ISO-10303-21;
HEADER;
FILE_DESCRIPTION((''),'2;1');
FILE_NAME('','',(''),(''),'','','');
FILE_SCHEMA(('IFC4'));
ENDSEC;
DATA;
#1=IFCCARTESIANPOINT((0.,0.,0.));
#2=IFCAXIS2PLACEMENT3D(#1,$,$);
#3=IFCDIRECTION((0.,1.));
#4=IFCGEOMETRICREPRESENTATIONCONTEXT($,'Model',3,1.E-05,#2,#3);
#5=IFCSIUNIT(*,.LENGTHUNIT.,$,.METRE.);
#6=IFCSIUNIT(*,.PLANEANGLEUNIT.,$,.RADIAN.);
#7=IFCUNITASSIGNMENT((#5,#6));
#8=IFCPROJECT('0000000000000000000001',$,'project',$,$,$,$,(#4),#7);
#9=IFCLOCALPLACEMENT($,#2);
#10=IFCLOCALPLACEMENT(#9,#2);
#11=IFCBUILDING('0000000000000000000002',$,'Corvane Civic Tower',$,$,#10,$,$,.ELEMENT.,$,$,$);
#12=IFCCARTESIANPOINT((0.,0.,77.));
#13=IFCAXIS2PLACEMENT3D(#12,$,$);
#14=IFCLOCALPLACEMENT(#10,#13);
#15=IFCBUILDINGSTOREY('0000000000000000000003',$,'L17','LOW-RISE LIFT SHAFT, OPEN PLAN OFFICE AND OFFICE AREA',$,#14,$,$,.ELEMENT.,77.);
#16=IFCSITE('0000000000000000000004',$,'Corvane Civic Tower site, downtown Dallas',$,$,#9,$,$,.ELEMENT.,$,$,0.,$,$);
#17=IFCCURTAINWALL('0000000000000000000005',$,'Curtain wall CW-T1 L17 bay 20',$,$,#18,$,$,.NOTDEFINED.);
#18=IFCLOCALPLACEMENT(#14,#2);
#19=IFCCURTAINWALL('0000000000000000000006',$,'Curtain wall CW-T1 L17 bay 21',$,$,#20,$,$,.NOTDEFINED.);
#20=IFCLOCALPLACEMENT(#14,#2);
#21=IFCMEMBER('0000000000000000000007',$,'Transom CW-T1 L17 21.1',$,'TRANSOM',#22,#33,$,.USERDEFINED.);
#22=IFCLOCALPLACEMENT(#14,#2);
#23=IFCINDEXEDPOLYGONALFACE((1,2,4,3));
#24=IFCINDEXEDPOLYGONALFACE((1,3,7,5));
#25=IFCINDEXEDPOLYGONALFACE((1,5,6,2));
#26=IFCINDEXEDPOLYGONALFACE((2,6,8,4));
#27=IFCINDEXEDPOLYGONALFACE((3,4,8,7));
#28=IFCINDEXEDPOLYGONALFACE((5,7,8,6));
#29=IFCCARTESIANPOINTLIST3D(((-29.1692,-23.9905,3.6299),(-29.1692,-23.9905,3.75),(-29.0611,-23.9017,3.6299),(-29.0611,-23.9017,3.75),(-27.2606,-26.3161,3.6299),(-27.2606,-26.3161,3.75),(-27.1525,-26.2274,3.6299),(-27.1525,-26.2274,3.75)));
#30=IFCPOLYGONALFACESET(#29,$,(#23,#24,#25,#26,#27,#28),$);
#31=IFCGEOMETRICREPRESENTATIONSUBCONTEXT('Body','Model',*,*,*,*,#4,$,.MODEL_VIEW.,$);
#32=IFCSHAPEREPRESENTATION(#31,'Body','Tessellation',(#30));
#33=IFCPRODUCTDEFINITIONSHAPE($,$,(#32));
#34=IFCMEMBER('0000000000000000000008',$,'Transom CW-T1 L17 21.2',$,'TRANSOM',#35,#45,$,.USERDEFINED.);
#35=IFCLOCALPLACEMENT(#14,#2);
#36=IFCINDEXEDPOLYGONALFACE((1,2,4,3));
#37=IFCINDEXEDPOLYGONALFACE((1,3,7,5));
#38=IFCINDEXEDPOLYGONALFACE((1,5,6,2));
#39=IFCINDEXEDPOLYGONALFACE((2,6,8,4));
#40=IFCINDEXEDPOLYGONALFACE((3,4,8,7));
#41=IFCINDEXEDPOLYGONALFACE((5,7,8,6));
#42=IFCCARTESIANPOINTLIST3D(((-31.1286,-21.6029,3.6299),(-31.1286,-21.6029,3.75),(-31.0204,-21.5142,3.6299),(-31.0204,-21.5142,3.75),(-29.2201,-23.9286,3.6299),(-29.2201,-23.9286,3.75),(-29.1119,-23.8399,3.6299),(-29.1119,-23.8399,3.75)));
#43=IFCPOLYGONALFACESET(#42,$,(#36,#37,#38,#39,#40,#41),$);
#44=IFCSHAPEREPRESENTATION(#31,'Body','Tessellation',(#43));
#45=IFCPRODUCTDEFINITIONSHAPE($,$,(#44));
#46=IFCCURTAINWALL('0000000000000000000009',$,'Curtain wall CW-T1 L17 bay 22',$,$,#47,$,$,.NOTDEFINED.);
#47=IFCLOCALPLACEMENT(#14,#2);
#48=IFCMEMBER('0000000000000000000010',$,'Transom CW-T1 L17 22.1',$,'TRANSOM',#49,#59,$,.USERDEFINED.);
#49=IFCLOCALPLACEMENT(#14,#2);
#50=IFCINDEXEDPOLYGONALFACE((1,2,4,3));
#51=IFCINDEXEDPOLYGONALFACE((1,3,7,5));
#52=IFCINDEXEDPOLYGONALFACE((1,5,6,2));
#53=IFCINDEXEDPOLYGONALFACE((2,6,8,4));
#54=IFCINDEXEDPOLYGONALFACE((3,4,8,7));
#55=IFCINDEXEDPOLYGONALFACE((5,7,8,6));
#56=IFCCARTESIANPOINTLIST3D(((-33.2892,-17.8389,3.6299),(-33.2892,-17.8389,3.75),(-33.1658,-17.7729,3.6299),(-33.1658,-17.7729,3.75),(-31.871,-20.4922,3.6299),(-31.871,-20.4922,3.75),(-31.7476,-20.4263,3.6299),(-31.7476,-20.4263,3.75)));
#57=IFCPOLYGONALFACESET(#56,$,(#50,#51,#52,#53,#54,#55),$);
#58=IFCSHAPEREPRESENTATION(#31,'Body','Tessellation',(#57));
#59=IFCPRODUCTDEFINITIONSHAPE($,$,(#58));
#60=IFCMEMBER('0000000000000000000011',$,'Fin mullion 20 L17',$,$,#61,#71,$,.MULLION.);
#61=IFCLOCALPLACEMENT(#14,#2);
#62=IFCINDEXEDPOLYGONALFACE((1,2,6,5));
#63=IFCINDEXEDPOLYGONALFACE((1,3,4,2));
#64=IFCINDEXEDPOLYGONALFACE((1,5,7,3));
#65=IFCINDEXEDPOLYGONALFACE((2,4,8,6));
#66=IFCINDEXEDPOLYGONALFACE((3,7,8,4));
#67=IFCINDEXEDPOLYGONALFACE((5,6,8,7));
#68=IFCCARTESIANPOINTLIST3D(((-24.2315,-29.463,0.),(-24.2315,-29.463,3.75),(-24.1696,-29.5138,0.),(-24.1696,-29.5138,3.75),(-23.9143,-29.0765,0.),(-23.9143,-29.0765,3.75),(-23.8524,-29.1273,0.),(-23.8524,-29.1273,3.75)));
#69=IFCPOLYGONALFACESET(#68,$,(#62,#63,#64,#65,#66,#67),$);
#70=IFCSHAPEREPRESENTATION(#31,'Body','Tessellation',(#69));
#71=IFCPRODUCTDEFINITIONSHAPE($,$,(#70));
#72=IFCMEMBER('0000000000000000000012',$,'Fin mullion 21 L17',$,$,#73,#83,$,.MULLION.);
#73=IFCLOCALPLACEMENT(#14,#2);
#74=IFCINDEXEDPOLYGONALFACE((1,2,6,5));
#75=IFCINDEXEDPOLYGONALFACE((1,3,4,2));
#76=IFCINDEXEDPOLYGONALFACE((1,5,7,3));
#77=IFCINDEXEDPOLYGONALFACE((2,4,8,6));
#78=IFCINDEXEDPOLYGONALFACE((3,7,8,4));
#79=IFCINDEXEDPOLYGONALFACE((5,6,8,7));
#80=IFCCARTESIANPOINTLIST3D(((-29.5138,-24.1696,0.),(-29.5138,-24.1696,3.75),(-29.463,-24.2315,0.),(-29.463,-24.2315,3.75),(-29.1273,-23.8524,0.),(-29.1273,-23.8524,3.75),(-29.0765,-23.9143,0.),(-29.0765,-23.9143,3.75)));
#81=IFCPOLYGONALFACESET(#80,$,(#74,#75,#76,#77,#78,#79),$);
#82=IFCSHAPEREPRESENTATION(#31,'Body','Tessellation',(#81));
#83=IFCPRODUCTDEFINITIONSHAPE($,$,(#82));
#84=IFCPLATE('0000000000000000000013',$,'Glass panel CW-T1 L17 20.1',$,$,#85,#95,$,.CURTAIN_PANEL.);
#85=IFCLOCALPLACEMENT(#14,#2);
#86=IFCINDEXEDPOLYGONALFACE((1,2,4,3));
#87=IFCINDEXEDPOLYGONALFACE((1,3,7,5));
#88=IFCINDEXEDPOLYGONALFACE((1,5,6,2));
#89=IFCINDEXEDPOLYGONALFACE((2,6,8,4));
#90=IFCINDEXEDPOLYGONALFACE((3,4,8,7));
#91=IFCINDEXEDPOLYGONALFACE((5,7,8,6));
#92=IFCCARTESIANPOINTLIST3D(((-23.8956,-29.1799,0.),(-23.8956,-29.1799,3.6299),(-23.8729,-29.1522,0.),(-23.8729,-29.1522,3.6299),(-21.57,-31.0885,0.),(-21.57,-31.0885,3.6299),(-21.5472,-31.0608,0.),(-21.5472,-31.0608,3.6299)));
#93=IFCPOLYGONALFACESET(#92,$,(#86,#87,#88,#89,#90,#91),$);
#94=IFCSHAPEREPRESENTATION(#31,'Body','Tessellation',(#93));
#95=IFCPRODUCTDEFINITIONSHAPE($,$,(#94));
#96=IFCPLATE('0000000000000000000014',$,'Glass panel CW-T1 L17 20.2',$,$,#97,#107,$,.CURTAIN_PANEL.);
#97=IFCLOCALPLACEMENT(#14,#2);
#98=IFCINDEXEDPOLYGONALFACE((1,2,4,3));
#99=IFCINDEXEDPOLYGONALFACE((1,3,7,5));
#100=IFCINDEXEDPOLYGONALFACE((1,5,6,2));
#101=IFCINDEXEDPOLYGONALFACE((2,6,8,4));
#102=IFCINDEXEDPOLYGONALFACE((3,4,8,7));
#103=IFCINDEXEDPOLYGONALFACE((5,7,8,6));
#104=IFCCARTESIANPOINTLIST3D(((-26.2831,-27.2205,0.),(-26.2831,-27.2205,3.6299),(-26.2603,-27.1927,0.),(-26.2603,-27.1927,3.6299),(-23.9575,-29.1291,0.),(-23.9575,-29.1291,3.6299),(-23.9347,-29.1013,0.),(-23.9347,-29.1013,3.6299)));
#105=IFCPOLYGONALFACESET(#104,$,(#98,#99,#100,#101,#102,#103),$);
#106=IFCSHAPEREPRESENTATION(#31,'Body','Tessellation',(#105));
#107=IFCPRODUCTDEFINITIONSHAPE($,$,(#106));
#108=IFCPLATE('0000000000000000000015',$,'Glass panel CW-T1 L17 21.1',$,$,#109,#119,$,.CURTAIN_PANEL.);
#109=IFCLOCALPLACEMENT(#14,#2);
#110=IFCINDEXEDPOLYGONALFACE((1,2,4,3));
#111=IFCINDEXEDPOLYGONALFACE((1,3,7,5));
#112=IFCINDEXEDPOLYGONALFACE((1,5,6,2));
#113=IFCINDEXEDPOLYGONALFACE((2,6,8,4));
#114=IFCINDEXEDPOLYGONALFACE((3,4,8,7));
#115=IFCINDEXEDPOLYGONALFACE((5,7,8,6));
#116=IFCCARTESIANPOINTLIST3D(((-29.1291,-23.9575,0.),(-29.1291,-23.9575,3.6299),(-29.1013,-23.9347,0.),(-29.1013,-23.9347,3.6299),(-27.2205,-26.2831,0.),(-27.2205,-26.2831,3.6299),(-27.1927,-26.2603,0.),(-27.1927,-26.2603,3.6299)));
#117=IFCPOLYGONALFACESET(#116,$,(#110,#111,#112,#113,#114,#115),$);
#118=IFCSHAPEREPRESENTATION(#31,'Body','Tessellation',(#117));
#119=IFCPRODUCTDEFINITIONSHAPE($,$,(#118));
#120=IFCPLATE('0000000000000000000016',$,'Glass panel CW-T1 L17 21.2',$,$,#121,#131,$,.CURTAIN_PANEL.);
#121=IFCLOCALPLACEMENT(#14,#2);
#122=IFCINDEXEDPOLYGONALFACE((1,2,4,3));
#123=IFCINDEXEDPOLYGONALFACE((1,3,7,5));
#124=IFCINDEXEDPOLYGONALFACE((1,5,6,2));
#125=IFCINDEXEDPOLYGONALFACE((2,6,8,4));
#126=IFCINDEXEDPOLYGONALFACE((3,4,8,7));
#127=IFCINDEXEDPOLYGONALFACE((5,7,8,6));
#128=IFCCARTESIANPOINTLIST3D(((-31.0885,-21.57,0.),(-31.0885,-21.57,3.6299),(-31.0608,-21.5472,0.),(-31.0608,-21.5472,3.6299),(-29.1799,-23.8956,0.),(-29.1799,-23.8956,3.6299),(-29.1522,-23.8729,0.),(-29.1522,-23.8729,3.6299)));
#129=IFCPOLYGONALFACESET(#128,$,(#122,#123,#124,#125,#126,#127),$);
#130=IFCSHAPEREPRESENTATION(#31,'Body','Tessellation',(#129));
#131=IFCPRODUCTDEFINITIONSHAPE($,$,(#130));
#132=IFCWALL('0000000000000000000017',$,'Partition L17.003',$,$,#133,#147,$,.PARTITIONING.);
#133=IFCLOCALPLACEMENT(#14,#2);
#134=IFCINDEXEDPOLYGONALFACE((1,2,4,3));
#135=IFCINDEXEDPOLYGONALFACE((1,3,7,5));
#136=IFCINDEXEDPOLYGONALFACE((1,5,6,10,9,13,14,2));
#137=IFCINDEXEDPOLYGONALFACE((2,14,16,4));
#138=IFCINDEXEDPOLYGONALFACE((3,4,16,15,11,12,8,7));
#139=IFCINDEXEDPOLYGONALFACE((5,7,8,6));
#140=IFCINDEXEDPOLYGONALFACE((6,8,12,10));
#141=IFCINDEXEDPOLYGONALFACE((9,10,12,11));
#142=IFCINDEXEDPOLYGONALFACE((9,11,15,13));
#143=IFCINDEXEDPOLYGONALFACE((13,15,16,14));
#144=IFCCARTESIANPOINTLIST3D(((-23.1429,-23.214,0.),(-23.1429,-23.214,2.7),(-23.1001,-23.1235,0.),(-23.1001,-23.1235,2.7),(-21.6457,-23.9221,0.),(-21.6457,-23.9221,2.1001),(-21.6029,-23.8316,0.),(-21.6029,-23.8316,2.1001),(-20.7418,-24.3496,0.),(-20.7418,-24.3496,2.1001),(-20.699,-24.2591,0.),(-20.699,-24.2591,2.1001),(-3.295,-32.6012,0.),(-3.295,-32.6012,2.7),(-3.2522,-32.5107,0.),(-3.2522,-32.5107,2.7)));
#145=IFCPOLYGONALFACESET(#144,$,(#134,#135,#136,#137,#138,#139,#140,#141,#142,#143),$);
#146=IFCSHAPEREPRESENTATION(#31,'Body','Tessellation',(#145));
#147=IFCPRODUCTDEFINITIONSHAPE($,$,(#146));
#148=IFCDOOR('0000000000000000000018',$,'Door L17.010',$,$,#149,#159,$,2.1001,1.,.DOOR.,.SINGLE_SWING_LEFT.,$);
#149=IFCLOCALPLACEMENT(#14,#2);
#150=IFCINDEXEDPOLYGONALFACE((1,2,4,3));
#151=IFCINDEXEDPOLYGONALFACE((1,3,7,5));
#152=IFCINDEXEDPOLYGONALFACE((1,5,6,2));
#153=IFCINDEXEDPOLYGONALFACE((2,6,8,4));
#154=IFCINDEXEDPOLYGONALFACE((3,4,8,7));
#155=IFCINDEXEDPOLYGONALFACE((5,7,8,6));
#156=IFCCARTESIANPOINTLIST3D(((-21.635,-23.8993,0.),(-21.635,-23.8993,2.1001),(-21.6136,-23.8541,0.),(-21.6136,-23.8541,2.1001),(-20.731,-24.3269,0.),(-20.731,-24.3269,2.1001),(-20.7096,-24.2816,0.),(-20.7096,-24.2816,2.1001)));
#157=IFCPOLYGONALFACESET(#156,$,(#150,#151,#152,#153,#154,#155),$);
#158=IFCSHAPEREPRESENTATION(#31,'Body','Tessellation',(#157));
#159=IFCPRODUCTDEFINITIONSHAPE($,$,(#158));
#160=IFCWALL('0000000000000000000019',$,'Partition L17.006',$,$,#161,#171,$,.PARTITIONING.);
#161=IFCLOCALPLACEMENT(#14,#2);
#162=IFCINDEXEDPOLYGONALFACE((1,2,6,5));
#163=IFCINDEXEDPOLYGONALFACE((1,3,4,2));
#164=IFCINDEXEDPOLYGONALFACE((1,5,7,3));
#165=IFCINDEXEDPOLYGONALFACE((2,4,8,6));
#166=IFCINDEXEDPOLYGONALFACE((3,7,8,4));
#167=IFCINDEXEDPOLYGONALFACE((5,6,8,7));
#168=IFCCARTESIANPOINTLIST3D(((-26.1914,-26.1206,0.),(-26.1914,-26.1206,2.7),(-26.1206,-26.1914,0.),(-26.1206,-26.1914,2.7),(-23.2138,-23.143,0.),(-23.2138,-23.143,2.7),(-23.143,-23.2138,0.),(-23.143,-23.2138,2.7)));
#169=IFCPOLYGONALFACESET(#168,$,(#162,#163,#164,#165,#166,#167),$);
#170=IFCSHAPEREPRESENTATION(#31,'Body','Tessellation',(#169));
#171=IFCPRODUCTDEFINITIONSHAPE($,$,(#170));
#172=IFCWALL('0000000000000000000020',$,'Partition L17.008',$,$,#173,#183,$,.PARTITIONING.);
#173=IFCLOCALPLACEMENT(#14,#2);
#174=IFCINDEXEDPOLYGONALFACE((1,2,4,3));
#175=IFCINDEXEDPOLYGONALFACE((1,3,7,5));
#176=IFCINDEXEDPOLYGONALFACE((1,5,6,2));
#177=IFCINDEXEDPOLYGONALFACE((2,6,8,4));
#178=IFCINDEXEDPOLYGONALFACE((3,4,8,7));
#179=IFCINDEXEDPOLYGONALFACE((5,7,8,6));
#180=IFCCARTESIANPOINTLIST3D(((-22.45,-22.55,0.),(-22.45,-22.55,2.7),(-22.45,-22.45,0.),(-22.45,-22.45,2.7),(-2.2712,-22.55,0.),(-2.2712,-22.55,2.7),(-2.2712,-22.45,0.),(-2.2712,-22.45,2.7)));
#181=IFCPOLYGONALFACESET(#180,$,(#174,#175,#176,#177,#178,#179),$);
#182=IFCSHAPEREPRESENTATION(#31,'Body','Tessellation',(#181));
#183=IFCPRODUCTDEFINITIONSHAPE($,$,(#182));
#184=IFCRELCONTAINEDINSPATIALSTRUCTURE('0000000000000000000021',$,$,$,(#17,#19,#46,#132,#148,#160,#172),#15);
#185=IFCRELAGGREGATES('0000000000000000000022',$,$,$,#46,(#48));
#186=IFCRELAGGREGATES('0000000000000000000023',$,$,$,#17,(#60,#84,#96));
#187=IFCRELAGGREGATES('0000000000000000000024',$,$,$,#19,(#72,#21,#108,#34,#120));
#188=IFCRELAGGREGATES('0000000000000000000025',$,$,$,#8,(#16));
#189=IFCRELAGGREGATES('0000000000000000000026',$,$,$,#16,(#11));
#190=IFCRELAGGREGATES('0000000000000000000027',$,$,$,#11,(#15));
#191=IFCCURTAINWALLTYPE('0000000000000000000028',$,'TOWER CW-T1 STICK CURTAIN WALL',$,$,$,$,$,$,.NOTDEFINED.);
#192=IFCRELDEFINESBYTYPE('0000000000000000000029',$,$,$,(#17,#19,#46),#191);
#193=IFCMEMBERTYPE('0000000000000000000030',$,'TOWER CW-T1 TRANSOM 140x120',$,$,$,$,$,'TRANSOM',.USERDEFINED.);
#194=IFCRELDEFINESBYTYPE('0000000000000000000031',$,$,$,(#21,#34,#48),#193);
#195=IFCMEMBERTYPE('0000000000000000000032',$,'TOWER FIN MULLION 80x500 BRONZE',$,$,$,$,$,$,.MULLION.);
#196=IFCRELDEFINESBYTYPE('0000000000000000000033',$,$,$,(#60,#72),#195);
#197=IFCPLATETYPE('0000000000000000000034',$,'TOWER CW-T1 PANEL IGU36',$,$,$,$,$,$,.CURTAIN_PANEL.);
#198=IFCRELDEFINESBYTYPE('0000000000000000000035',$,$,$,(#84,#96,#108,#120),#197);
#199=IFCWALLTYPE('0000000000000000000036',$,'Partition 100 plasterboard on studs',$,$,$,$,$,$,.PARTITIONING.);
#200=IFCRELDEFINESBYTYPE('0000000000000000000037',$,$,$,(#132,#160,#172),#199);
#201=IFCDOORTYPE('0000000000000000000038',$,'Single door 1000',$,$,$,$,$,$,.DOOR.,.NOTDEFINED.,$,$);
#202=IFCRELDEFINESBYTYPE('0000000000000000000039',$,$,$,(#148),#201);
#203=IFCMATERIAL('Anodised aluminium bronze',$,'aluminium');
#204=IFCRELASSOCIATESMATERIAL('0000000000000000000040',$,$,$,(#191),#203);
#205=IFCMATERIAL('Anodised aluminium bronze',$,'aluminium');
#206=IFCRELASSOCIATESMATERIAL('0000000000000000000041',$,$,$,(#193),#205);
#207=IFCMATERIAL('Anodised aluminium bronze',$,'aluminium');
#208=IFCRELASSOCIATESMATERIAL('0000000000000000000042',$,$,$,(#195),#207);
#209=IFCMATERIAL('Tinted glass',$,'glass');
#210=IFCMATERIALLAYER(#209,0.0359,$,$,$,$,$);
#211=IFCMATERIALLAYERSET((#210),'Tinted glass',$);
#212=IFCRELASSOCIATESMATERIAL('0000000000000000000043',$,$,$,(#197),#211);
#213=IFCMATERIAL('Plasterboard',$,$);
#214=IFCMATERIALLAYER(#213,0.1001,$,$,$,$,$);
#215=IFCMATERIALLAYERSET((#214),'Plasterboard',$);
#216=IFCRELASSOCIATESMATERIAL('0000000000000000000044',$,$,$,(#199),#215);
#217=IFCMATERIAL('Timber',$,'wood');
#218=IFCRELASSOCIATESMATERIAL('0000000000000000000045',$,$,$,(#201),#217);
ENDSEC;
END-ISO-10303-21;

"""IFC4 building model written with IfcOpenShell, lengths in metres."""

from ifc_helpers import new_model, si_unit, direction, frame, frame_2d, origin, origin_2d, place, context, subcontext, project, spatial, rectangle, extrude, material, layer, layer_set, material_profile, profile_set, type_object, element, fill, aggregate, save


model = new_model("IFC4")

# Units and contexts
model_context = context("Model", 3, precision=1e-05, world=origin(), true_north=direction((0.0, 1.0)))
body_context = subcontext(model_context, "Body", "Model", "MODEL_VIEW")
ifc_project = project(units=[si_unit("LENGTHUNIT", "METRE"), si_unit("PLANEANGLEUNIT", "RADIAN")], contexts=[model_context])

# Site, building, storey
site_placement = place(None, origin())
site = spatial("IfcSite", under=ifc_project, at=site_placement, Name="Corvane Civic Tower site, downtown Dallas", CompositionType="ELEMENT", RefElevation=0.0)
building_placement = place(site_placement, origin())
building = spatial("IfcBuilding", under=site, at=building_placement, Name="Corvane Civic Tower", CompositionType="ELEMENT")
storey_placement = place(building_placement, frame((0.0, 0.0, 77.0)))
storey = spatial("IfcBuildingStorey", under=building, at=storey_placement, Name="L17", Description="LOW-RISE LIFT SHAFT, OPEN PLAN OFFICE AND OFFICE AREA", CompositionType="ELEMENT", Elevation=77.0)

# Curtain walls, members
ifc_material_1 = material(Name="Anodised aluminium bronze", Category="aluminium")
curtain_wall_type = type_object("IfcCurtainWallType", Name="TOWER CW-T1 STICK CURTAIN WALL", PredefinedType="NOTDEFINED", material=ifc_material_1)
curtain_wall_1_placement = place(storey_placement, origin())
curtain_wall_1 = element("IfcCurtainWall", 1, at=curtain_wall_1_placement, inside=storey, type_object=curtain_wall_type, Name="Curtain wall CW-T1 L17 bay 20", PredefinedType="NOTDEFINED")
ifc_material_2 = material(Name="Anodised aluminium bronze", Category="aluminium")
ifc_material_profile_1 = material_profile(ifc_material_2, rectangle(XDim=0.1399, YDim=0.1201, at=origin_2d()), Name="TOWER CW-T1 TRANSOM 140x120")
ifc_profile_set_1 = profile_set([ifc_material_profile_1], Name="Anodised aluminium bronze")
member_type_1 = type_object("IfcMemberType", Name="TOWER CW-T1 TRANSOM 140x120", ElementType="TRANSOM", PredefinedType="USERDEFINED", material=ifc_profile_set_1)
curtain_wall_2_placement = place(storey_placement, origin())
curtain_wall_2 = element("IfcCurtainWall", 2, at=curtain_wall_2_placement, inside=storey, type_object=curtain_wall_type, Name="Curtain wall CW-T1 L17 bay 21", PredefinedType="NOTDEFINED")
member_1_placement = place(storey_placement, frame((-27.2065, -26.2717, 3.6899), z_axis=(-0.634404, 0.773002, 0.0), x_axis=(-0.773002, -0.634404, 0.0)))
member_1 = element("IfcMember", 3, at=member_1_placement, type_object=member_type_1, Name="Transom CW-T1 L17 21.1", ObjectType="TRANSOM", PredefinedType="USERDEFINED", context=body_context, shape_type="SweptSolid", body=[
    extrude(rectangle(XDim=0.1399, YDim=0.1201, at=origin_2d()), origin(), (0.0, 0.0, 1.0), 3.0085),
])
member_2_placement = place(storey_placement, frame((-29.166, -23.8843, 3.6899), z_axis=(-0.634355, 0.773042, 0.0), x_axis=(-0.773042, -0.634355, 0.0)))
member_2 = element("IfcMember", 4, at=member_2_placement, type_object=member_type_1, Name="Transom CW-T1 L17 21.2", ObjectType="TRANSOM", PredefinedType="USERDEFINED", context=body_context, shape_type="SweptSolid", body=[
    extrude(rectangle(XDim=0.1399, YDim=0.1201, at=origin_2d()), origin(), (0.0, 0.0, 1.0), 3.0085),
])

# Curtain wall, member
curtain_wall_3_placement = place(storey_placement, origin())
curtain_wall_3 = element("IfcCurtainWall", 5, at=curtain_wall_3_placement, inside=storey, type_object=curtain_wall_type, Name="Curtain wall CW-T1 L17 bay 22", PredefinedType="NOTDEFINED")
member_3_placement = place(storey_placement, frame((-31.8093, -20.4592, 3.6899), z_axis=(-0.471393, 0.881924, 0.0), x_axis=(-0.881924, -0.471393, 0.0)))
member_3 = element("IfcMember", 6, at=member_3_placement, type_object=member_type_1, Name="Transom CW-T1 L17 22.1", ObjectType="TRANSOM", PredefinedType="USERDEFINED", context=body_context, shape_type="SweptSolid", body=[
    extrude(rectangle(XDim=0.1399, YDim=0.1201, at=origin_2d()), origin(), (0.0, 0.0, 1.0), 3.0085),
])
aggregate(curtain_wall_3, [member_3])

# Members
ifc_material_3 = material(Name="Anodised aluminium bronze", Category="aluminium")
ifc_material_profile_2 = material_profile(ifc_material_3, rectangle(XDim=0.0801, YDim=0.5, at=origin_2d()), Name="TOWER FIN MULLION 80x500 BRONZE")
ifc_profile_set_2 = profile_set([ifc_material_profile_2], Name="Anodised aluminium bronze")
member_type_2 = type_object("IfcMemberType", Name="TOWER FIN MULLION 80x500 BRONZE", PredefinedType="MULLION", material=ifc_profile_set_2)
member_4_placement = place(storey_placement, frame((-24.042, -29.2952, 0.0), z_axis=(0.0, 0.0, 1.0), x_axis=(-0.773007, 0.634397, 0.0)))
member_4 = element("IfcMember", 7, at=member_4_placement, type_object=member_type_2, Name="Fin mullion 20 L17", PredefinedType="MULLION", context=body_context, shape_type="SweptSolid", body=[
    extrude(rectangle(XDim=0.0801, YDim=0.5, at=origin_2d()), origin(), (0.0, 0.0, 1.0), 3.75),
])
member_5_placement = place(storey_placement, frame((-29.2952, -24.042, 0.0), z_axis=(0.0, 0.0, 1.0), x_axis=(-0.634397, 0.773007, 0.0)))
member_5 = element("IfcMember", 8, at=member_5_placement, type_object=member_type_2, Name="Fin mullion 21 L17", PredefinedType="MULLION", context=body_context, shape_type="SweptSolid", body=[
    extrude(rectangle(XDim=0.0801, YDim=0.5, at=origin_2d()), origin(), (0.0, 0.0, 1.0), 3.75),
])

# Plates
ifc_material_4 = material(Name="Tinted glass", Category="glass")
ifc_layer_1 = layer(ifc_material_4, 0.0359)
ifc_layer_set_1 = layer_set([ifc_layer_1], Name="Tinted glass")
plate_type = type_object("IfcPlateType", Name="TOWER CW-T1 PANEL IGU36", PredefinedType="CURTAIN_PANEL", material=ifc_layer_set_1)
plate_1_placement = place(storey_placement, frame((-22.7214, -30.1204, 0.0), z_axis=(0.0, 0.0, 1.0), x_axis=(-0.773007, 0.634397, 0.0)))
plate_1 = element("IfcPlate", 9, at=plate_1_placement, type_object=plate_type, Name="Glass panel CW-T1 L17 20.1", PredefinedType="CURTAIN_PANEL", context=body_context, shape_type="SweptSolid", body=[
    extrude(rectangle(XDim=3.0085, YDim=0.0359, at=origin_2d()), origin(), (0.0, 0.0, 1.0), 3.6299),
])
plate_2_placement = place(storey_placement, frame((-25.1089, -28.1609, 0.0), z_axis=(0.0, 0.0, 1.0), x_axis=(-0.773007, 0.634397, 0.0)))
plate_2 = element("IfcPlate", 10, at=plate_2_placement, type_object=plate_type, Name="Glass panel CW-T1 L17 20.2", PredefinedType="CURTAIN_PANEL", context=body_context, shape_type="SweptSolid", body=[
    extrude(rectangle(XDim=3.0085, YDim=0.0359, at=origin_2d()), origin(), (0.0, 0.0, 1.0), 3.6299),
])
aggregate(curtain_wall_1, [member_4, plate_1, plate_2])
plate_3_placement = place(storey_placement, frame((-28.1609, -25.1089, 0.0), z_axis=(0.0, 0.0, 1.0), x_axis=(-0.634397, 0.773007, 0.0)))
plate_3 = element("IfcPlate", 11, at=plate_3_placement, type_object=plate_type, Name="Glass panel CW-T1 L17 21.1", PredefinedType="CURTAIN_PANEL", context=body_context, shape_type="SweptSolid", body=[
    extrude(rectangle(XDim=3.0085, YDim=0.0359, at=origin_2d()), origin(), (0.0, 0.0, 1.0), 3.6299),
])
plate_4_placement = place(storey_placement, frame((-30.1204, -22.7214, 0.0), z_axis=(0.0, 0.0, 1.0), x_axis=(-0.634397, 0.773007, 0.0)))
plate_4 = element("IfcPlate", 12, at=plate_4_placement, type_object=plate_type, Name="Glass panel CW-T1 L17 21.2", PredefinedType="CURTAIN_PANEL", context=body_context, shape_type="SweptSolid", body=[
    extrude(rectangle(XDim=3.0085, YDim=0.0359, at=origin_2d()), origin(), (0.0, 0.0, 1.0), 3.6299),
])
aggregate(curtain_wall_2, [member_5, member_1, plate_3, member_2, plate_4])

# Wall, opening, door
ifc_material_5 = material(Name="Plasterboard")
ifc_layer_2 = layer(ifc_material_5, 0.1001)
ifc_layer_set_2 = layer_set([ifc_layer_2], Name="Plasterboard")
wall_type = type_object("IfcWallType", Name="Partition 100 plasterboard on studs", PredefinedType="PARTITIONING", material=ifc_layer_set_2)
wall_1_placement = place(storey_placement, frame((-23.1216, -23.1687, 0.0), z_axis=(0.0, 0.0, 1.0), x_axis=(0.903992, -0.427549, 0.0)))
wall_1 = element("IfcWall", 13, at=wall_1_placement, inside=storey, type_object=wall_type, Name="Partition L17.003", PredefinedType="PARTITIONING", context=body_context, shape_type="SweptSolid", body=[
    extrude(rectangle(XDim=21.9558, YDim=0.1001, at=frame_2d((10.978, 0.0))), origin(), (0.0, 0.0, 1.0), 2.7),
])
opening_1_placement = place(wall_1_placement, frame((1.6562, 0.0, 0.0)))
opening_1 = element("IfcOpeningElement", 14, at=opening_1_placement, cuts=wall_1, PredefinedType="OPENING", context=body_context, shape_type="SweptSolid", body=[
    extrude(rectangle(XDim=1.0, YDim=2.1001, at=frame_2d((0.5, 1.05))), frame((0.0, 0.0601, 0.0), z_axis=(0.0, -1.0, 0.0), x_axis=(1.0, 0.0, 0.0)), (0.0, 0.0, 1.0), 0.1201),
])
ifc_material_6 = material(Name="Timber", Category="wood")
door_type_1 = type_object("IfcDoorType", Name="Single door 1000", OperationType="NOTDEFINED", PredefinedType="DOOR", material=ifc_material_6)
door_1_placement = place(opening_1_placement, frame((1.0, 0.0, 0.0), z_axis=(0.0, 0.0, 1.0), x_axis=(-1.0, 0.0, 0.0)))
door_1 = element("IfcDoor", 15, at=door_1_placement, inside=storey, type_object=door_type_1, Name="Door L17.010", OperationType="SINGLE_SWING_LEFT", OverallHeight=2.1001, OverallWidth=1.0, PredefinedType="DOOR", context=body_context, shape_type="SweptSolid", body=[
    extrude(rectangle(XDim=1.0, YDim=2.1001, at=frame_2d((0.5, 1.05))), frame((0.0, 0.0249, 0.0), z_axis=(0.0, -1.0, 0.0), x_axis=(1.0, 0.0, 0.0)), (0.0, 0.0, 1.0), 0.05),
])
fill(opening_1, door_1)

# Walls
wall_2_placement = place(storey_placement, frame((-26.156, -26.156, 0.0), z_axis=(0.0, 0.0, 1.0), x_axis=(0.707107, 0.707107, 0.0)))
element("IfcWall", 16, at=wall_2_placement, inside=storey, type_object=wall_type, Name="Partition L17.006", PredefinedType="PARTITIONING", context=body_context, shape_type="SweptSolid", body=[
    extrude(rectangle(XDim=4.2109, YDim=0.1001, at=frame_2d((2.1055, 0.0))), origin(), (0.0, 0.0, 1.0), 2.7),
])
wall_3_placement = place(storey_placement, frame((-22.45, -22.5, 0.0), z_axis=(0.0, 0.0, 1.0), x_axis=(1.0, 0.0, 0.0)))
element("IfcWall", 17, at=wall_3_placement, inside=storey, type_object=wall_type, Name="Partition L17.008", PredefinedType="PARTITIONING", context=body_context, shape_type="SweptSolid", body=[
    extrude(rectangle(XDim=20.1787, YDim=0.1001, at=frame_2d((10.0894, 0.0))), origin(), (0.0, 0.0, 1.0), 2.7),
])

save(model, "model.ifc")
